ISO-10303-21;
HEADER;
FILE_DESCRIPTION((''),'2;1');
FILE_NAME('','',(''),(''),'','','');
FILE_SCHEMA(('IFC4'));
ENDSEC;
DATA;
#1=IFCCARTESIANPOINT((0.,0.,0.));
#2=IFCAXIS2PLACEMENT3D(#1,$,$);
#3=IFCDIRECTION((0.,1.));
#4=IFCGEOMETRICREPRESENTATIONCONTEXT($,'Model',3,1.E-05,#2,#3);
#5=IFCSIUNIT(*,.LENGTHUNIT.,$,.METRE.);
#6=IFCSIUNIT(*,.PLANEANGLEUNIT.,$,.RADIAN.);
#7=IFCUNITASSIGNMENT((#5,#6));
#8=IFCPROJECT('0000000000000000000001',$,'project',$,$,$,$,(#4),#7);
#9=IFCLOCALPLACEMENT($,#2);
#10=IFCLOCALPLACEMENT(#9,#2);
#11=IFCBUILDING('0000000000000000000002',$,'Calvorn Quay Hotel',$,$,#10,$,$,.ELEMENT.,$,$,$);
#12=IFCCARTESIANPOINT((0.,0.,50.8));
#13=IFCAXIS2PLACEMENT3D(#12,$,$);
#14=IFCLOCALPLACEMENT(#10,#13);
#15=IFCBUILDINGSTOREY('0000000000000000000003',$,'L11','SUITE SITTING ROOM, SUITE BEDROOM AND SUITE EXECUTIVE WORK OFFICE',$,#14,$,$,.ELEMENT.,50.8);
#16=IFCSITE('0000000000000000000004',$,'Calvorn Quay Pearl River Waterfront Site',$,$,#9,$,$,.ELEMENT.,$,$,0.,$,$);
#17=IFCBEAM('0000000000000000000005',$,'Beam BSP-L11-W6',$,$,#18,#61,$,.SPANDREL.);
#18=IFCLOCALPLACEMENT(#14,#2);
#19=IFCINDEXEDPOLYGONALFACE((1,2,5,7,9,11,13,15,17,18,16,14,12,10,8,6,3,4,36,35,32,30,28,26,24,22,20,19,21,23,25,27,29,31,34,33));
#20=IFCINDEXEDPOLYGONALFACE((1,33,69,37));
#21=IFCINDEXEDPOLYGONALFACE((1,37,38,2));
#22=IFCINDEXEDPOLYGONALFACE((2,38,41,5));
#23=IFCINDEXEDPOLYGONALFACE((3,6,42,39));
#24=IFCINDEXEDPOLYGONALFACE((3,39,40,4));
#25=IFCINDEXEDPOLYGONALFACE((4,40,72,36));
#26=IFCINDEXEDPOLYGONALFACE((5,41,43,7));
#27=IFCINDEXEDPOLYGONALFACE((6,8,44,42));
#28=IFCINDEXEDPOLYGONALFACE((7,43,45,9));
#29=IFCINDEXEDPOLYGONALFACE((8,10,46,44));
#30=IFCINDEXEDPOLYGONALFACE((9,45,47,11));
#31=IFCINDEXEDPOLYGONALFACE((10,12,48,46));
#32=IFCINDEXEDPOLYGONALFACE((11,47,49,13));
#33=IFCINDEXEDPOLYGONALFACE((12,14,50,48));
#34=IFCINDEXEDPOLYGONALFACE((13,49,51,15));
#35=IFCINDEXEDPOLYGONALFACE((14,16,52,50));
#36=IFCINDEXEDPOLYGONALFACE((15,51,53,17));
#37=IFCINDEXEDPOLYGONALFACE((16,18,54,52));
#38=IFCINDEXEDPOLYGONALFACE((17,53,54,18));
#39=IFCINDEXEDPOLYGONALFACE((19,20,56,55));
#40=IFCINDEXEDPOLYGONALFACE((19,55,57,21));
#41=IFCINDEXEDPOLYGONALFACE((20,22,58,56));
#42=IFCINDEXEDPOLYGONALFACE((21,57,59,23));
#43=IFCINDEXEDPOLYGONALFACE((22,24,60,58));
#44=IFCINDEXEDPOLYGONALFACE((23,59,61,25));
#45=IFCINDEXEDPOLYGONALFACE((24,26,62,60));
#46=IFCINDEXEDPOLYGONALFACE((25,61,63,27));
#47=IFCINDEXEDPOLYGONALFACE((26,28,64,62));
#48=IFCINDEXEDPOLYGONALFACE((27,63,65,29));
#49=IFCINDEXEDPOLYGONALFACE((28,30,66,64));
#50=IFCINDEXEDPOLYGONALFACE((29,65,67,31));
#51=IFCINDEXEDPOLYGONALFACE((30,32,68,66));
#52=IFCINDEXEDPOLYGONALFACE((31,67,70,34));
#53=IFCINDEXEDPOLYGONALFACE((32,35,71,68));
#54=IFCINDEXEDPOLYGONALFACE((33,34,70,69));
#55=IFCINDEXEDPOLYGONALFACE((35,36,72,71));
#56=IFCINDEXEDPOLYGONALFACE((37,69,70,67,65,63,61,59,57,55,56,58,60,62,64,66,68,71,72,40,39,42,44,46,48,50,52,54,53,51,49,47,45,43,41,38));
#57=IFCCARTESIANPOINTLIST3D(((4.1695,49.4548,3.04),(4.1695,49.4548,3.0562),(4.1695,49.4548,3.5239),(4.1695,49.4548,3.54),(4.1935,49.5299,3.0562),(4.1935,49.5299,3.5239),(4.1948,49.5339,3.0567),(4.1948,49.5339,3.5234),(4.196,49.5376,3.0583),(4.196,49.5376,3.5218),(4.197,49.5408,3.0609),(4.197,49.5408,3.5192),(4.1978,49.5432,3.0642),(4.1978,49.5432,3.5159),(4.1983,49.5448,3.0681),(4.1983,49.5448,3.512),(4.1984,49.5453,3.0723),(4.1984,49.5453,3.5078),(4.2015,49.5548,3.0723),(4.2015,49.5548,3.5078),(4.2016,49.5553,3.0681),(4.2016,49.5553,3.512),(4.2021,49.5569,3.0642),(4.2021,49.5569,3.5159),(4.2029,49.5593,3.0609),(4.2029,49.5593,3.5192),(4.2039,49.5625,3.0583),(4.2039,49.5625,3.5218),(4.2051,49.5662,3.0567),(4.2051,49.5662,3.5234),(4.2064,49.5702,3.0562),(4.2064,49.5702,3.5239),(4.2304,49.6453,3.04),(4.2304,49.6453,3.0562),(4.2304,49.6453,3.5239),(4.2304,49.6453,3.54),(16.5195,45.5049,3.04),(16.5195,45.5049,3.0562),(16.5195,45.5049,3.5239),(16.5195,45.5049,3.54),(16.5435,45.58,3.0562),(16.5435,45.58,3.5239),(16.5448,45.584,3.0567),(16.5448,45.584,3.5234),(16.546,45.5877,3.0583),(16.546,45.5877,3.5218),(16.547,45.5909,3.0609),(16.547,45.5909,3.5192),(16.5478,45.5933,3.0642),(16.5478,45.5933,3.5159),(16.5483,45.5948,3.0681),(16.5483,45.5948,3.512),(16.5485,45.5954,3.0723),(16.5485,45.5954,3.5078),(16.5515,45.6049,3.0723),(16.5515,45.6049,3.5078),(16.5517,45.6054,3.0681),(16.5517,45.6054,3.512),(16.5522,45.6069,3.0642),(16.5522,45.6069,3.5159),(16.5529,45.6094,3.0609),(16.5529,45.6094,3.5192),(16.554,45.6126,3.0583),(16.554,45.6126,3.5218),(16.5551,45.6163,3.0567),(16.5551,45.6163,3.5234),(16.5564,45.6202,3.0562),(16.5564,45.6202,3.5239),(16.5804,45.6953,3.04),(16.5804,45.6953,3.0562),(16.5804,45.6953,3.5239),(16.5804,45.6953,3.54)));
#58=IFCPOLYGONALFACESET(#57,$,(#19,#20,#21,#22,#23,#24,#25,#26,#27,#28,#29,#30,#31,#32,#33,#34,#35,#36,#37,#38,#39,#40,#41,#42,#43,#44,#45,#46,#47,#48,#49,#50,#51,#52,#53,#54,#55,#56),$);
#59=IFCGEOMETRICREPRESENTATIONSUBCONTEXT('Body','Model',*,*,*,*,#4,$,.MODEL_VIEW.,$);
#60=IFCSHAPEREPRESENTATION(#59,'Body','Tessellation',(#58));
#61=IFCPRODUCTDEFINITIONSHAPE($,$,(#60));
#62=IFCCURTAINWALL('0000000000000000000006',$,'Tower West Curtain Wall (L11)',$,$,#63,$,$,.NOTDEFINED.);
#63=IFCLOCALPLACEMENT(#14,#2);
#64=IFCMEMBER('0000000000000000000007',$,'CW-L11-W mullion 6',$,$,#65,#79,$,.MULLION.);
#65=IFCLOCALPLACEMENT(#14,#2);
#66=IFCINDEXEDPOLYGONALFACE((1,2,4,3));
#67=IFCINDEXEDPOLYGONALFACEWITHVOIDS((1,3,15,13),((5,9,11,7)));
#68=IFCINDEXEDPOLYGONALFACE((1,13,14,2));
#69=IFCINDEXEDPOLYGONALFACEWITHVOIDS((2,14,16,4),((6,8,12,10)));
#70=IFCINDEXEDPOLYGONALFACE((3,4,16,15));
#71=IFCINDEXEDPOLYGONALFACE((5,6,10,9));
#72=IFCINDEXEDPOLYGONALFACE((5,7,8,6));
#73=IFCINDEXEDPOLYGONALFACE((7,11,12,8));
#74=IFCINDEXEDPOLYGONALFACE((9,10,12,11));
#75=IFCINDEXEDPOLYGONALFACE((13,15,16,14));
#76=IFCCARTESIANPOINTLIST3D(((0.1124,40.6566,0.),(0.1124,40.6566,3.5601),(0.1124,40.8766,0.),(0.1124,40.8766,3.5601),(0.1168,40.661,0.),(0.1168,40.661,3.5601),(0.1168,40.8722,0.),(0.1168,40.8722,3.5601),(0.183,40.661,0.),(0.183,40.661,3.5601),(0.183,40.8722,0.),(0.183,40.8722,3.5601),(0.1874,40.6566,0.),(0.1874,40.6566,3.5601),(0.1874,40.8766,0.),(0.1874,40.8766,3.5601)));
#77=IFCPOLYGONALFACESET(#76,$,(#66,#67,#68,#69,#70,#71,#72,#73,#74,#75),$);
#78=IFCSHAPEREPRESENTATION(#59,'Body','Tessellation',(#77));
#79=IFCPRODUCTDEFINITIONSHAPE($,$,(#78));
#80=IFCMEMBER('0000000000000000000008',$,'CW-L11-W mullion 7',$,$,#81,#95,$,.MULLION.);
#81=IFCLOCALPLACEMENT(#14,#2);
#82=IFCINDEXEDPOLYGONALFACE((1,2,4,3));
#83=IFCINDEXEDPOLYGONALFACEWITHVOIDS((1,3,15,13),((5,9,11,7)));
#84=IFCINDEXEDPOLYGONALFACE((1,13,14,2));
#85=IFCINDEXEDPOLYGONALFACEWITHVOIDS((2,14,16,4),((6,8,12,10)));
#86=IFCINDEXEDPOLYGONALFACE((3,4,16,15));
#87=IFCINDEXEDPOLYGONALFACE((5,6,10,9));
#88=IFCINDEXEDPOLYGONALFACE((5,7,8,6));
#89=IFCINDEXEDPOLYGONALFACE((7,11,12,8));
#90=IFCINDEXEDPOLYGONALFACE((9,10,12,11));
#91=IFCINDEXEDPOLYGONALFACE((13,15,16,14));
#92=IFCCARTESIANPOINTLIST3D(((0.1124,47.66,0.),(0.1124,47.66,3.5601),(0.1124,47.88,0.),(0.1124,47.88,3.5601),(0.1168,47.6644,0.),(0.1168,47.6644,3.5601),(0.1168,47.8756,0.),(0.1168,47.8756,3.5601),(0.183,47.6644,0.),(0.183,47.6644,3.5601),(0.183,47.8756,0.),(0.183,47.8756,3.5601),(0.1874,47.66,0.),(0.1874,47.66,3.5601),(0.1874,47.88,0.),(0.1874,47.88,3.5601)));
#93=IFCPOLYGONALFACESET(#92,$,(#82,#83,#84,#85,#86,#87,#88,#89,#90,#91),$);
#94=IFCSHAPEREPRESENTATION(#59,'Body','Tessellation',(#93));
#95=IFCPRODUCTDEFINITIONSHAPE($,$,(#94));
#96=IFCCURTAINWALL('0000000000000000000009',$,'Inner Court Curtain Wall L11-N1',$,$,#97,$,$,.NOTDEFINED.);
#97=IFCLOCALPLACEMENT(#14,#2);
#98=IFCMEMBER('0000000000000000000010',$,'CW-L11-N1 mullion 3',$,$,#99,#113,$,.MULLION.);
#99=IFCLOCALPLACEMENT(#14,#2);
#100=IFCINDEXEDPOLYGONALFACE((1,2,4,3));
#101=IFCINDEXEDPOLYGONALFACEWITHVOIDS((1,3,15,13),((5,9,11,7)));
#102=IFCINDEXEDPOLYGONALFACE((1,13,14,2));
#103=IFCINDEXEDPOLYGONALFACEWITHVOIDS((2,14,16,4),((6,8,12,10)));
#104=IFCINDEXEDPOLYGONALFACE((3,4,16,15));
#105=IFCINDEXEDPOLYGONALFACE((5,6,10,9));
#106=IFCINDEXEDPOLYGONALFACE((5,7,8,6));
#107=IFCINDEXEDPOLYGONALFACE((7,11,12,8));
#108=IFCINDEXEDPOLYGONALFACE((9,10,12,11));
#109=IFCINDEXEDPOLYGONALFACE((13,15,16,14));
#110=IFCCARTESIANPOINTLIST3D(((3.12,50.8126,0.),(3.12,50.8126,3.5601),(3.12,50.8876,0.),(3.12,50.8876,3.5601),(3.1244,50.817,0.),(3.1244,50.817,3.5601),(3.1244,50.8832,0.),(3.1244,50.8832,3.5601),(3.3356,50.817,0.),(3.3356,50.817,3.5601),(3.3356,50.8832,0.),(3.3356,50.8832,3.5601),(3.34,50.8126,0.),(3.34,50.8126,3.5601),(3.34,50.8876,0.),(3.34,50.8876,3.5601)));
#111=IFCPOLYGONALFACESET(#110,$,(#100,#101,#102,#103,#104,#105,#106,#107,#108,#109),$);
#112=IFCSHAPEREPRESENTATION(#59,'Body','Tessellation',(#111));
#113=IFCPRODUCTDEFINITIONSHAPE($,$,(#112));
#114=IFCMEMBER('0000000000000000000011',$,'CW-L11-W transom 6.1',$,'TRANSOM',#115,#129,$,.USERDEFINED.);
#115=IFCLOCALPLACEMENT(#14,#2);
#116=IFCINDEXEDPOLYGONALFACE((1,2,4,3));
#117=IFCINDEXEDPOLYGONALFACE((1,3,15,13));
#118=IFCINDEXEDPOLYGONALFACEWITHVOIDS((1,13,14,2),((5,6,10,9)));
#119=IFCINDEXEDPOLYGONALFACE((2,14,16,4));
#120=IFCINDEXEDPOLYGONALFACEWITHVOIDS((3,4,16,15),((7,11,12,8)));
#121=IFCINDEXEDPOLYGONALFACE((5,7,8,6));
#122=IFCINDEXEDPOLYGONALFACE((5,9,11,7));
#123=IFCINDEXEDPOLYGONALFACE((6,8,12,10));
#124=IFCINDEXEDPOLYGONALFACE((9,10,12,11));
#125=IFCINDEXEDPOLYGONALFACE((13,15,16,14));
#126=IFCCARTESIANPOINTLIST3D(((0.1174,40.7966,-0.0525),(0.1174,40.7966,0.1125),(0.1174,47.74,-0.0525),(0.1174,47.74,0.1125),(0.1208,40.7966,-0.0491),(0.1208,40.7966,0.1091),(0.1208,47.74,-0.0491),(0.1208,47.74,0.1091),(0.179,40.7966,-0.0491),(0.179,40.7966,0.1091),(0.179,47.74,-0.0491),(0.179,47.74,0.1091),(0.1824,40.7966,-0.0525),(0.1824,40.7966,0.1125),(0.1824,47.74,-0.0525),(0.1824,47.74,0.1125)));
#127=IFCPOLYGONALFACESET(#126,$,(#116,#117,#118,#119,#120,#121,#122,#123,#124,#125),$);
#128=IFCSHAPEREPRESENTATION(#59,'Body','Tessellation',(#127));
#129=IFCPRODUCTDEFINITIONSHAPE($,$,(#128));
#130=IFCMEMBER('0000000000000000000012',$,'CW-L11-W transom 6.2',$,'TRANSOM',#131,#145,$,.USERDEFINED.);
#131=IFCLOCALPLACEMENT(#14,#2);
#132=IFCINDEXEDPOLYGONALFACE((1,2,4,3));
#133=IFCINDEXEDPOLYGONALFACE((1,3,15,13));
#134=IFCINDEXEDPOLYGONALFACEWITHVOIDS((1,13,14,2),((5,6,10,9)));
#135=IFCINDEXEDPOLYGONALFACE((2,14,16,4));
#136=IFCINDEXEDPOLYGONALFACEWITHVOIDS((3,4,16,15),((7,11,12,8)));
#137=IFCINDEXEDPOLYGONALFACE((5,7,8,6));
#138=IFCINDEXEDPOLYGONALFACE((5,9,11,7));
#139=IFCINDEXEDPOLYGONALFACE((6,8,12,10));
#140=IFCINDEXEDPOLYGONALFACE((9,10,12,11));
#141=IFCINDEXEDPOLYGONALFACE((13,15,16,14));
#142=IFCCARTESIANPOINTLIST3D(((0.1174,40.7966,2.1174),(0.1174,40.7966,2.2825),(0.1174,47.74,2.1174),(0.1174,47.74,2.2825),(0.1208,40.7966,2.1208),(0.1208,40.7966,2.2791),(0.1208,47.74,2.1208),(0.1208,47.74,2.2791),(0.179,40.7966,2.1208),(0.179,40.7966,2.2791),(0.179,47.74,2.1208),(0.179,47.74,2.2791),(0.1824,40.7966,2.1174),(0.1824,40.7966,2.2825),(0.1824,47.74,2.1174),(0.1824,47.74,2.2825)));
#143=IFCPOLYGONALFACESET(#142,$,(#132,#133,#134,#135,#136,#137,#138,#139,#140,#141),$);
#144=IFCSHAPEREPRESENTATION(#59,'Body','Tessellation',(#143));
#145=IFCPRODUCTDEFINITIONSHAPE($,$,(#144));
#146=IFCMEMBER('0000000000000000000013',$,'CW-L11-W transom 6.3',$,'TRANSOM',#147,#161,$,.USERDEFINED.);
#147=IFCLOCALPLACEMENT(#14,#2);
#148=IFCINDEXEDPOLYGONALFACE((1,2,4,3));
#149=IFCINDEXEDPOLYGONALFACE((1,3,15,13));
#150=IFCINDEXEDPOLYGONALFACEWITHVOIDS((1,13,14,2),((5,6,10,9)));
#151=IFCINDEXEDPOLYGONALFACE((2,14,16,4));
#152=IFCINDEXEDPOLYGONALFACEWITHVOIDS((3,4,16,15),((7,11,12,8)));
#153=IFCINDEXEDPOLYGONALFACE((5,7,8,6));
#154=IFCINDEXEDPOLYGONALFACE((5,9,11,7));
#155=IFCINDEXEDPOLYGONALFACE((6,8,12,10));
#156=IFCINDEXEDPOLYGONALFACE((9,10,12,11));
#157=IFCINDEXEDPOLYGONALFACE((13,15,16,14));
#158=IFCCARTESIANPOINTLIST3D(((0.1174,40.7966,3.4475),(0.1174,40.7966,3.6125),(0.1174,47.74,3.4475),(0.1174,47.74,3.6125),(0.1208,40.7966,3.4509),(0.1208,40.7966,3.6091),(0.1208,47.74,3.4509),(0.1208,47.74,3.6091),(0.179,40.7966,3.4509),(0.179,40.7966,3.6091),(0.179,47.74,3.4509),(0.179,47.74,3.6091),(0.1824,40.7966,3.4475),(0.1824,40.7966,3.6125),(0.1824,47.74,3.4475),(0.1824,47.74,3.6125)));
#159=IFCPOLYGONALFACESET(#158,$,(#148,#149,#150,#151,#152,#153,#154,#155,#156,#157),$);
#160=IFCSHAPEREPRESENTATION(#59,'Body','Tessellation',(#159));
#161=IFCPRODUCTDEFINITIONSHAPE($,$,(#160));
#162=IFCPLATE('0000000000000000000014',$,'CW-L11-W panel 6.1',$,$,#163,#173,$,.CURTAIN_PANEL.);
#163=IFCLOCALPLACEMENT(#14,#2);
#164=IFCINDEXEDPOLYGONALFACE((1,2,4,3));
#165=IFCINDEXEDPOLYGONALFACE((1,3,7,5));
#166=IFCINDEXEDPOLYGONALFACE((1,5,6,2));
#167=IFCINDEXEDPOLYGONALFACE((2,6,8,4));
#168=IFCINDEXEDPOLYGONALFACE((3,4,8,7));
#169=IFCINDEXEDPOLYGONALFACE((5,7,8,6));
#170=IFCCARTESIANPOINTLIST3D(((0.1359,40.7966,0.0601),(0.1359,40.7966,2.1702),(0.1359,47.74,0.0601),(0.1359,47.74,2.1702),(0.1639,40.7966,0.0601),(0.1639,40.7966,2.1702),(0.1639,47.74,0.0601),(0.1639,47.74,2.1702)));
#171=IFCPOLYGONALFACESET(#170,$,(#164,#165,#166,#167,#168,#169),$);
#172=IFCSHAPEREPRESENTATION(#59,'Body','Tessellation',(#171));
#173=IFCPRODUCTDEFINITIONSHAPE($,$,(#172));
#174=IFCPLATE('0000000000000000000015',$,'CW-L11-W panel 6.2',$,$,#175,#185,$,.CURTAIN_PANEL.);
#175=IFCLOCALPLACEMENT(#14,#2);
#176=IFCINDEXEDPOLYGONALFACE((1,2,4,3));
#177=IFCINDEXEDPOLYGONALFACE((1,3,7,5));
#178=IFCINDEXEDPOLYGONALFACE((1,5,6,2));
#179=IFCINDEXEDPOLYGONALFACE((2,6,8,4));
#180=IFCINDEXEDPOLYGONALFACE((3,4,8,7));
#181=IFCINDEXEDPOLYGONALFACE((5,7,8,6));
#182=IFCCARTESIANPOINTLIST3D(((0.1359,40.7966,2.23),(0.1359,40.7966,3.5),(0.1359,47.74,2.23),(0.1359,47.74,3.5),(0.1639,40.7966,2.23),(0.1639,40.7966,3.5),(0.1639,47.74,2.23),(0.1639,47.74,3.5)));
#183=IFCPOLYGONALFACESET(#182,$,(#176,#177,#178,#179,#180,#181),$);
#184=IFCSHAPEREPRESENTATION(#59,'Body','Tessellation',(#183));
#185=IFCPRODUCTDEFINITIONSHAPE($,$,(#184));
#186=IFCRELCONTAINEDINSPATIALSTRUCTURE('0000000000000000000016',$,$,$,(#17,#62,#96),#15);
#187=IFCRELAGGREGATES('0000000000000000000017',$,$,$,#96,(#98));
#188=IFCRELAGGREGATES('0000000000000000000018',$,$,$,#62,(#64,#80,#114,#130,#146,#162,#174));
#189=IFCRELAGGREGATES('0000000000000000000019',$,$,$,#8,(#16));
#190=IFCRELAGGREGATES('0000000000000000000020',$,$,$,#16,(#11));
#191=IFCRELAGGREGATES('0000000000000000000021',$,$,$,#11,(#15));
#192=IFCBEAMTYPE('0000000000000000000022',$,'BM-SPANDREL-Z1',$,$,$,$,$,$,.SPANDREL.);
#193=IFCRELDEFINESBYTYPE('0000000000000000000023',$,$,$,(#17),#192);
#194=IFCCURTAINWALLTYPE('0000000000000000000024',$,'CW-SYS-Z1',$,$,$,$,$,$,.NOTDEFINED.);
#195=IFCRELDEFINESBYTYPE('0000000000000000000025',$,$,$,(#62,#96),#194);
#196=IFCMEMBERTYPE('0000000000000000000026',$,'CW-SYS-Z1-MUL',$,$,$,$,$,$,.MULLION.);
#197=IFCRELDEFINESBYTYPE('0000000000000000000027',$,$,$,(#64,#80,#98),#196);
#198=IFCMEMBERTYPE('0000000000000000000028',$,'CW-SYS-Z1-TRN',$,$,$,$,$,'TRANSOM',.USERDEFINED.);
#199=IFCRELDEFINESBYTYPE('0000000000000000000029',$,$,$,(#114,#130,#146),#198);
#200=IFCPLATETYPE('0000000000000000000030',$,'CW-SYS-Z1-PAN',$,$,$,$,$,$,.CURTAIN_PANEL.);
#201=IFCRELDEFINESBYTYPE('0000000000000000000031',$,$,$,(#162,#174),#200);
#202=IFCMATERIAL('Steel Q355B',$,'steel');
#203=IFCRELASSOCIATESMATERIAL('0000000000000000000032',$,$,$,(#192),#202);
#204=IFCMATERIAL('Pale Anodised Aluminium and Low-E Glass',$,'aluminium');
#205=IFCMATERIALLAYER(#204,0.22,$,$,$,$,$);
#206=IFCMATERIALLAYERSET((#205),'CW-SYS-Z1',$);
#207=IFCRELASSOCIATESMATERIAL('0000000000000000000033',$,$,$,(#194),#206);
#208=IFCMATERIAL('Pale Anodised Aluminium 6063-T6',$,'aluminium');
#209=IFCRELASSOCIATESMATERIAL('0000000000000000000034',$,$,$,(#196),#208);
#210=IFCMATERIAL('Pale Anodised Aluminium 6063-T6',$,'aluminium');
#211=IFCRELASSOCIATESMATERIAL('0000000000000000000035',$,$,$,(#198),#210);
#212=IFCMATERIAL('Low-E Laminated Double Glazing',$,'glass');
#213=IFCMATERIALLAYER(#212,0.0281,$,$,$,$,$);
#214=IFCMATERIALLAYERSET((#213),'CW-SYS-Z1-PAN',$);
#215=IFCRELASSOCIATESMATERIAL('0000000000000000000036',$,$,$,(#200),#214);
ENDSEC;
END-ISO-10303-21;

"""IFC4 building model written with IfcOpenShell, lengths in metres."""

from ifc_helpers import new_model, si_unit, direction, frame, origin, origin_2d, place, context, subcontext, project, spatial, rectangle, hollow_rectangle, i_section, extrude, material, layer, layer_set, material_profile, profile_set, type_object, element, aggregate, save


model = new_model("IFC4")

# Units and contexts
model_context = context("Model", 3, precision=1e-05, world=origin(), true_north=direction((0.0, 1.0)))
body_context = subcontext(model_context, "Body", "Model", "MODEL_VIEW")
ifc_project = project(units=[si_unit("LENGTHUNIT", "METRE"), si_unit("PLANEANGLEUNIT", "RADIAN")], contexts=[model_context])

# Site, building, storey
site_placement = place(None, origin())
site = spatial("IfcSite", under=ifc_project, at=site_placement, Name="Calvorn Quay Pearl River Waterfront Site", CompositionType="ELEMENT", RefElevation=0.0)
building_placement = place(site_placement, origin())
building = spatial("IfcBuilding", under=site, at=building_placement, Name="Calvorn Quay Hotel", CompositionType="ELEMENT")
storey_placement = place(building_placement, frame((0.0, 0.0, 50.8)))
storey = spatial("IfcBuildingStorey", under=building, at=storey_placement, Name="L11", Description="SUITE SITTING ROOM, SUITE BEDROOM AND SUITE EXECUTIVE WORK OFFICE", CompositionType="ELEMENT", Elevation=50.8)

# Beam
ifc_material_1 = material(Name="Steel Q355B", Category="steel")
ifc_material_profile_1 = material_profile(ifc_material_1, i_section(OverallWidth=0.2, OverallDepth=0.5, WebThickness=0.01, FlangeThickness=0.0161, FilletRadius=0.0161, at=origin_2d()), Name="HN500x200x10x16")
ifc_profile_set_1 = profile_set([ifc_material_profile_1], Name="Steel Q355B")
beam_type_1 = type_object("IfcBeamType", Name="BM-SPANDREL-Z1", PredefinedType="SPANDREL", material=ifc_profile_set_1)
beam_1_placement = place(storey_placement, frame((4.2, 49.55, 3.29), z_axis=(0.952471, -0.30463, 0.0), x_axis=(0.30463, 0.952471, 0.0)))
element("IfcBeam", 1, at=beam_1_placement, inside=storey, type_object=beam_type_1, Name="Beam BSP-L11-W6", PredefinedType="SPANDREL", context=body_context, shape_type="SweptSolid", body=[
    extrude(i_section(OverallWidth=0.2, OverallDepth=0.5, WebThickness=0.01, FlangeThickness=0.0161, FilletRadius=0.0161, at=origin_2d()), origin(), (0.0, 0.0, 1.0), 12.9663),
])

# Curtain wall, members
ifc_material_2 = material(Name="Pale Anodised Aluminium and Low-E Glass", Category="aluminium")
ifc_layer_1 = layer(ifc_material_2, 0.22)
ifc_layer_set_1 = layer_set([ifc_layer_1], Name="CW-SYS-Z1")
curtain_wall_type = type_object("IfcCurtainWallType", Name="CW-SYS-Z1", PredefinedType="NOTDEFINED", material=ifc_layer_set_1)
curtain_wall_1_placement = place(storey_placement, origin())
curtain_wall_1 = element("IfcCurtainWall", 2, at=curtain_wall_1_placement, inside=storey, type_object=curtain_wall_type, Name="Tower West Curtain Wall (L11)", PredefinedType="NOTDEFINED")
ifc_material_3 = material(Name="Pale Anodised Aluminium 6063-T6", Category="aluminium")
ifc_material_profile_2 = material_profile(ifc_material_3, hollow_rectangle(XDim=0.075, YDim=0.22, WallThickness=0.0044, at=origin_2d()), Name="ALU-M220x75x4.5")
ifc_profile_set_2 = profile_set([ifc_material_profile_2], Name="Pale Anodised Aluminium 6063-T6")
member_type_1 = type_object("IfcMemberType", Name="CW-SYS-Z1-MUL", PredefinedType="MULLION", material=ifc_profile_set_2)
member_1_placement = place(storey_placement, frame((0.1499, 40.7666, 0.0), z_axis=(0.0, 0.0, 1.0), x_axis=(-1.0, 0.0, 0.0)))
member_1 = element("IfcMember", 3, at=member_1_placement, type_object=member_type_1, Name="CW-L11-W mullion 6", PredefinedType="MULLION", context=body_context, shape_type="SweptSolid", body=[
    extrude(hollow_rectangle(XDim=0.075, YDim=0.22, WallThickness=0.0044, at=origin_2d()), origin(), (0.0, 0.0, 1.0), 3.5601),
])
member_2_placement = place(storey_placement, frame((0.1499, 47.77, 0.0), z_axis=(0.0, 0.0, 1.0), x_axis=(-1.0, 0.0, 0.0)))
member_2 = element("IfcMember", 4, at=member_2_placement, type_object=member_type_1, Name="CW-L11-W mullion 7", PredefinedType="MULLION", context=body_context, shape_type="SweptSolid", body=[
    extrude(hollow_rectangle(XDim=0.075, YDim=0.22, WallThickness=0.0044, at=origin_2d()), origin(), (0.0, 0.0, 1.0), 3.5601),
])

# Curtain wall, member
curtain_wall_2_placement = place(storey_placement, origin())
curtain_wall_2 = element("IfcCurtainWall", 5, at=curtain_wall_2_placement, inside=storey, type_object=curtain_wall_type, Name="Inner Court Curtain Wall L11-N1", PredefinedType="NOTDEFINED")
member_3_placement = place(storey_placement, frame((3.23, 50.8501, 0.0), z_axis=(0.0, 0.0, 1.0), x_axis=(0.0, -1.0, 0.0)))
member_3 = element("IfcMember", 6, at=member_3_placement, type_object=member_type_1, Name="CW-L11-N1 mullion 3", PredefinedType="MULLION", context=body_context, shape_type="SweptSolid", body=[
    extrude(hollow_rectangle(XDim=0.075, YDim=0.22, WallThickness=0.0044, at=origin_2d()), origin(), (0.0, 0.0, 1.0), 3.5601),
])
aggregate(curtain_wall_2, [member_3])

# Members
ifc_material_4 = material(Name="Pale Anodised Aluminium 6063-T6", Category="aluminium")
ifc_material_profile_3 = material_profile(ifc_material_4, hollow_rectangle(XDim=0.0649, YDim=0.165, WallThickness=0.0034, at=origin_2d()), Name="ALU-T165x65x3.5")
ifc_profile_set_3 = profile_set([ifc_material_profile_3], Name="Pale Anodised Aluminium 6063-T6")
member_type_2 = type_object("IfcMemberType", Name="CW-SYS-Z1-TRN", ElementType="TRANSOM", PredefinedType="USERDEFINED", material=ifc_profile_set_3)
member_4_placement = place(storey_placement, frame((0.1499, 40.7966, 0.03), z_axis=(0.0, 1.0, 0.0), x_axis=(-1.0, 0.0, 0.0)))
member_4 = element("IfcMember", 7, at=member_4_placement, type_object=member_type_2, Name="CW-L11-W transom 6.1", ObjectType="TRANSOM", PredefinedType="USERDEFINED", context=body_context, shape_type="SweptSolid", body=[
    extrude(hollow_rectangle(XDim=0.0649, YDim=0.165, WallThickness=0.0034, at=origin_2d()), origin(), (0.0, 0.0, 1.0), 6.9434),
])
member_5_placement = place(storey_placement, frame((0.1499, 40.7966, 2.2), z_axis=(0.0, 1.0, 0.0), x_axis=(-1.0, 0.0, 0.0)))
member_5 = element("IfcMember", 8, at=member_5_placement, type_object=member_type_2, Name="CW-L11-W transom 6.2", ObjectType="TRANSOM", PredefinedType="USERDEFINED", context=body_context, shape_type="SweptSolid", body=[
    extrude(hollow_rectangle(XDim=0.0649, YDim=0.165, WallThickness=0.0034, at=origin_2d()), origin(), (0.0, 0.0, 1.0), 6.9434),
])
member_6_placement = place(storey_placement, frame((0.1499, 40.7966, 3.53), z_axis=(0.0, 1.0, 0.0), x_axis=(-1.0, 0.0, 0.0)))
member_6 = element("IfcMember", 9, at=member_6_placement, type_object=member_type_2, Name="CW-L11-W transom 6.3", ObjectType="TRANSOM", PredefinedType="USERDEFINED", context=body_context, shape_type="SweptSolid", body=[
    extrude(hollow_rectangle(XDim=0.0649, YDim=0.165, WallThickness=0.0034, at=origin_2d()), origin(), (0.0, 0.0, 1.0), 6.9434),
])

# Plates
ifc_material_5 = material(Name="Low-E Laminated Double Glazing", Category="glass")
ifc_layer_2 = layer(ifc_material_5, 0.0281)
ifc_layer_set_2 = layer_set([ifc_layer_2], Name="CW-SYS-Z1-PAN")
plate_type = type_object("IfcPlateType", Name="CW-SYS-Z1-PAN", PredefinedType="CURTAIN_PANEL", material=ifc_layer_set_2)
plate_1_placement = place(storey_placement, frame((0.1499, 44.2683, 0.0601), z_axis=(0.0, 0.0, 1.0), x_axis=(0.0, 1.0, 0.0)))
plate_1 = element("IfcPlate", 10, at=plate_1_placement, type_object=plate_type, Name="CW-L11-W panel 6.1", PredefinedType="CURTAIN_PANEL", context=body_context, shape_type="SweptSolid", body=[
    extrude(rectangle(XDim=6.9434, YDim=0.0281, at=origin_2d()), origin(), (0.0, 0.0, 1.0), 2.1101),
])
plate_2_placement = place(storey_placement, frame((0.1499, 44.2683, 2.23), z_axis=(0.0, 0.0, 1.0), x_axis=(0.0, 1.0, 0.0)))
plate_2 = element("IfcPlate", 11, at=plate_2_placement, type_object=plate_type, Name="CW-L11-W panel 6.2", PredefinedType="CURTAIN_PANEL", context=body_context, shape_type="SweptSolid", body=[
    extrude(rectangle(XDim=6.9434, YDim=0.0281, at=origin_2d()), origin(), (0.0, 0.0, 1.0), 1.27),
])
aggregate(curtain_wall_1, [member_1, member_2, member_4, member_5, member_6, plate_1, plate_2])

save(model, "model.ifc")
